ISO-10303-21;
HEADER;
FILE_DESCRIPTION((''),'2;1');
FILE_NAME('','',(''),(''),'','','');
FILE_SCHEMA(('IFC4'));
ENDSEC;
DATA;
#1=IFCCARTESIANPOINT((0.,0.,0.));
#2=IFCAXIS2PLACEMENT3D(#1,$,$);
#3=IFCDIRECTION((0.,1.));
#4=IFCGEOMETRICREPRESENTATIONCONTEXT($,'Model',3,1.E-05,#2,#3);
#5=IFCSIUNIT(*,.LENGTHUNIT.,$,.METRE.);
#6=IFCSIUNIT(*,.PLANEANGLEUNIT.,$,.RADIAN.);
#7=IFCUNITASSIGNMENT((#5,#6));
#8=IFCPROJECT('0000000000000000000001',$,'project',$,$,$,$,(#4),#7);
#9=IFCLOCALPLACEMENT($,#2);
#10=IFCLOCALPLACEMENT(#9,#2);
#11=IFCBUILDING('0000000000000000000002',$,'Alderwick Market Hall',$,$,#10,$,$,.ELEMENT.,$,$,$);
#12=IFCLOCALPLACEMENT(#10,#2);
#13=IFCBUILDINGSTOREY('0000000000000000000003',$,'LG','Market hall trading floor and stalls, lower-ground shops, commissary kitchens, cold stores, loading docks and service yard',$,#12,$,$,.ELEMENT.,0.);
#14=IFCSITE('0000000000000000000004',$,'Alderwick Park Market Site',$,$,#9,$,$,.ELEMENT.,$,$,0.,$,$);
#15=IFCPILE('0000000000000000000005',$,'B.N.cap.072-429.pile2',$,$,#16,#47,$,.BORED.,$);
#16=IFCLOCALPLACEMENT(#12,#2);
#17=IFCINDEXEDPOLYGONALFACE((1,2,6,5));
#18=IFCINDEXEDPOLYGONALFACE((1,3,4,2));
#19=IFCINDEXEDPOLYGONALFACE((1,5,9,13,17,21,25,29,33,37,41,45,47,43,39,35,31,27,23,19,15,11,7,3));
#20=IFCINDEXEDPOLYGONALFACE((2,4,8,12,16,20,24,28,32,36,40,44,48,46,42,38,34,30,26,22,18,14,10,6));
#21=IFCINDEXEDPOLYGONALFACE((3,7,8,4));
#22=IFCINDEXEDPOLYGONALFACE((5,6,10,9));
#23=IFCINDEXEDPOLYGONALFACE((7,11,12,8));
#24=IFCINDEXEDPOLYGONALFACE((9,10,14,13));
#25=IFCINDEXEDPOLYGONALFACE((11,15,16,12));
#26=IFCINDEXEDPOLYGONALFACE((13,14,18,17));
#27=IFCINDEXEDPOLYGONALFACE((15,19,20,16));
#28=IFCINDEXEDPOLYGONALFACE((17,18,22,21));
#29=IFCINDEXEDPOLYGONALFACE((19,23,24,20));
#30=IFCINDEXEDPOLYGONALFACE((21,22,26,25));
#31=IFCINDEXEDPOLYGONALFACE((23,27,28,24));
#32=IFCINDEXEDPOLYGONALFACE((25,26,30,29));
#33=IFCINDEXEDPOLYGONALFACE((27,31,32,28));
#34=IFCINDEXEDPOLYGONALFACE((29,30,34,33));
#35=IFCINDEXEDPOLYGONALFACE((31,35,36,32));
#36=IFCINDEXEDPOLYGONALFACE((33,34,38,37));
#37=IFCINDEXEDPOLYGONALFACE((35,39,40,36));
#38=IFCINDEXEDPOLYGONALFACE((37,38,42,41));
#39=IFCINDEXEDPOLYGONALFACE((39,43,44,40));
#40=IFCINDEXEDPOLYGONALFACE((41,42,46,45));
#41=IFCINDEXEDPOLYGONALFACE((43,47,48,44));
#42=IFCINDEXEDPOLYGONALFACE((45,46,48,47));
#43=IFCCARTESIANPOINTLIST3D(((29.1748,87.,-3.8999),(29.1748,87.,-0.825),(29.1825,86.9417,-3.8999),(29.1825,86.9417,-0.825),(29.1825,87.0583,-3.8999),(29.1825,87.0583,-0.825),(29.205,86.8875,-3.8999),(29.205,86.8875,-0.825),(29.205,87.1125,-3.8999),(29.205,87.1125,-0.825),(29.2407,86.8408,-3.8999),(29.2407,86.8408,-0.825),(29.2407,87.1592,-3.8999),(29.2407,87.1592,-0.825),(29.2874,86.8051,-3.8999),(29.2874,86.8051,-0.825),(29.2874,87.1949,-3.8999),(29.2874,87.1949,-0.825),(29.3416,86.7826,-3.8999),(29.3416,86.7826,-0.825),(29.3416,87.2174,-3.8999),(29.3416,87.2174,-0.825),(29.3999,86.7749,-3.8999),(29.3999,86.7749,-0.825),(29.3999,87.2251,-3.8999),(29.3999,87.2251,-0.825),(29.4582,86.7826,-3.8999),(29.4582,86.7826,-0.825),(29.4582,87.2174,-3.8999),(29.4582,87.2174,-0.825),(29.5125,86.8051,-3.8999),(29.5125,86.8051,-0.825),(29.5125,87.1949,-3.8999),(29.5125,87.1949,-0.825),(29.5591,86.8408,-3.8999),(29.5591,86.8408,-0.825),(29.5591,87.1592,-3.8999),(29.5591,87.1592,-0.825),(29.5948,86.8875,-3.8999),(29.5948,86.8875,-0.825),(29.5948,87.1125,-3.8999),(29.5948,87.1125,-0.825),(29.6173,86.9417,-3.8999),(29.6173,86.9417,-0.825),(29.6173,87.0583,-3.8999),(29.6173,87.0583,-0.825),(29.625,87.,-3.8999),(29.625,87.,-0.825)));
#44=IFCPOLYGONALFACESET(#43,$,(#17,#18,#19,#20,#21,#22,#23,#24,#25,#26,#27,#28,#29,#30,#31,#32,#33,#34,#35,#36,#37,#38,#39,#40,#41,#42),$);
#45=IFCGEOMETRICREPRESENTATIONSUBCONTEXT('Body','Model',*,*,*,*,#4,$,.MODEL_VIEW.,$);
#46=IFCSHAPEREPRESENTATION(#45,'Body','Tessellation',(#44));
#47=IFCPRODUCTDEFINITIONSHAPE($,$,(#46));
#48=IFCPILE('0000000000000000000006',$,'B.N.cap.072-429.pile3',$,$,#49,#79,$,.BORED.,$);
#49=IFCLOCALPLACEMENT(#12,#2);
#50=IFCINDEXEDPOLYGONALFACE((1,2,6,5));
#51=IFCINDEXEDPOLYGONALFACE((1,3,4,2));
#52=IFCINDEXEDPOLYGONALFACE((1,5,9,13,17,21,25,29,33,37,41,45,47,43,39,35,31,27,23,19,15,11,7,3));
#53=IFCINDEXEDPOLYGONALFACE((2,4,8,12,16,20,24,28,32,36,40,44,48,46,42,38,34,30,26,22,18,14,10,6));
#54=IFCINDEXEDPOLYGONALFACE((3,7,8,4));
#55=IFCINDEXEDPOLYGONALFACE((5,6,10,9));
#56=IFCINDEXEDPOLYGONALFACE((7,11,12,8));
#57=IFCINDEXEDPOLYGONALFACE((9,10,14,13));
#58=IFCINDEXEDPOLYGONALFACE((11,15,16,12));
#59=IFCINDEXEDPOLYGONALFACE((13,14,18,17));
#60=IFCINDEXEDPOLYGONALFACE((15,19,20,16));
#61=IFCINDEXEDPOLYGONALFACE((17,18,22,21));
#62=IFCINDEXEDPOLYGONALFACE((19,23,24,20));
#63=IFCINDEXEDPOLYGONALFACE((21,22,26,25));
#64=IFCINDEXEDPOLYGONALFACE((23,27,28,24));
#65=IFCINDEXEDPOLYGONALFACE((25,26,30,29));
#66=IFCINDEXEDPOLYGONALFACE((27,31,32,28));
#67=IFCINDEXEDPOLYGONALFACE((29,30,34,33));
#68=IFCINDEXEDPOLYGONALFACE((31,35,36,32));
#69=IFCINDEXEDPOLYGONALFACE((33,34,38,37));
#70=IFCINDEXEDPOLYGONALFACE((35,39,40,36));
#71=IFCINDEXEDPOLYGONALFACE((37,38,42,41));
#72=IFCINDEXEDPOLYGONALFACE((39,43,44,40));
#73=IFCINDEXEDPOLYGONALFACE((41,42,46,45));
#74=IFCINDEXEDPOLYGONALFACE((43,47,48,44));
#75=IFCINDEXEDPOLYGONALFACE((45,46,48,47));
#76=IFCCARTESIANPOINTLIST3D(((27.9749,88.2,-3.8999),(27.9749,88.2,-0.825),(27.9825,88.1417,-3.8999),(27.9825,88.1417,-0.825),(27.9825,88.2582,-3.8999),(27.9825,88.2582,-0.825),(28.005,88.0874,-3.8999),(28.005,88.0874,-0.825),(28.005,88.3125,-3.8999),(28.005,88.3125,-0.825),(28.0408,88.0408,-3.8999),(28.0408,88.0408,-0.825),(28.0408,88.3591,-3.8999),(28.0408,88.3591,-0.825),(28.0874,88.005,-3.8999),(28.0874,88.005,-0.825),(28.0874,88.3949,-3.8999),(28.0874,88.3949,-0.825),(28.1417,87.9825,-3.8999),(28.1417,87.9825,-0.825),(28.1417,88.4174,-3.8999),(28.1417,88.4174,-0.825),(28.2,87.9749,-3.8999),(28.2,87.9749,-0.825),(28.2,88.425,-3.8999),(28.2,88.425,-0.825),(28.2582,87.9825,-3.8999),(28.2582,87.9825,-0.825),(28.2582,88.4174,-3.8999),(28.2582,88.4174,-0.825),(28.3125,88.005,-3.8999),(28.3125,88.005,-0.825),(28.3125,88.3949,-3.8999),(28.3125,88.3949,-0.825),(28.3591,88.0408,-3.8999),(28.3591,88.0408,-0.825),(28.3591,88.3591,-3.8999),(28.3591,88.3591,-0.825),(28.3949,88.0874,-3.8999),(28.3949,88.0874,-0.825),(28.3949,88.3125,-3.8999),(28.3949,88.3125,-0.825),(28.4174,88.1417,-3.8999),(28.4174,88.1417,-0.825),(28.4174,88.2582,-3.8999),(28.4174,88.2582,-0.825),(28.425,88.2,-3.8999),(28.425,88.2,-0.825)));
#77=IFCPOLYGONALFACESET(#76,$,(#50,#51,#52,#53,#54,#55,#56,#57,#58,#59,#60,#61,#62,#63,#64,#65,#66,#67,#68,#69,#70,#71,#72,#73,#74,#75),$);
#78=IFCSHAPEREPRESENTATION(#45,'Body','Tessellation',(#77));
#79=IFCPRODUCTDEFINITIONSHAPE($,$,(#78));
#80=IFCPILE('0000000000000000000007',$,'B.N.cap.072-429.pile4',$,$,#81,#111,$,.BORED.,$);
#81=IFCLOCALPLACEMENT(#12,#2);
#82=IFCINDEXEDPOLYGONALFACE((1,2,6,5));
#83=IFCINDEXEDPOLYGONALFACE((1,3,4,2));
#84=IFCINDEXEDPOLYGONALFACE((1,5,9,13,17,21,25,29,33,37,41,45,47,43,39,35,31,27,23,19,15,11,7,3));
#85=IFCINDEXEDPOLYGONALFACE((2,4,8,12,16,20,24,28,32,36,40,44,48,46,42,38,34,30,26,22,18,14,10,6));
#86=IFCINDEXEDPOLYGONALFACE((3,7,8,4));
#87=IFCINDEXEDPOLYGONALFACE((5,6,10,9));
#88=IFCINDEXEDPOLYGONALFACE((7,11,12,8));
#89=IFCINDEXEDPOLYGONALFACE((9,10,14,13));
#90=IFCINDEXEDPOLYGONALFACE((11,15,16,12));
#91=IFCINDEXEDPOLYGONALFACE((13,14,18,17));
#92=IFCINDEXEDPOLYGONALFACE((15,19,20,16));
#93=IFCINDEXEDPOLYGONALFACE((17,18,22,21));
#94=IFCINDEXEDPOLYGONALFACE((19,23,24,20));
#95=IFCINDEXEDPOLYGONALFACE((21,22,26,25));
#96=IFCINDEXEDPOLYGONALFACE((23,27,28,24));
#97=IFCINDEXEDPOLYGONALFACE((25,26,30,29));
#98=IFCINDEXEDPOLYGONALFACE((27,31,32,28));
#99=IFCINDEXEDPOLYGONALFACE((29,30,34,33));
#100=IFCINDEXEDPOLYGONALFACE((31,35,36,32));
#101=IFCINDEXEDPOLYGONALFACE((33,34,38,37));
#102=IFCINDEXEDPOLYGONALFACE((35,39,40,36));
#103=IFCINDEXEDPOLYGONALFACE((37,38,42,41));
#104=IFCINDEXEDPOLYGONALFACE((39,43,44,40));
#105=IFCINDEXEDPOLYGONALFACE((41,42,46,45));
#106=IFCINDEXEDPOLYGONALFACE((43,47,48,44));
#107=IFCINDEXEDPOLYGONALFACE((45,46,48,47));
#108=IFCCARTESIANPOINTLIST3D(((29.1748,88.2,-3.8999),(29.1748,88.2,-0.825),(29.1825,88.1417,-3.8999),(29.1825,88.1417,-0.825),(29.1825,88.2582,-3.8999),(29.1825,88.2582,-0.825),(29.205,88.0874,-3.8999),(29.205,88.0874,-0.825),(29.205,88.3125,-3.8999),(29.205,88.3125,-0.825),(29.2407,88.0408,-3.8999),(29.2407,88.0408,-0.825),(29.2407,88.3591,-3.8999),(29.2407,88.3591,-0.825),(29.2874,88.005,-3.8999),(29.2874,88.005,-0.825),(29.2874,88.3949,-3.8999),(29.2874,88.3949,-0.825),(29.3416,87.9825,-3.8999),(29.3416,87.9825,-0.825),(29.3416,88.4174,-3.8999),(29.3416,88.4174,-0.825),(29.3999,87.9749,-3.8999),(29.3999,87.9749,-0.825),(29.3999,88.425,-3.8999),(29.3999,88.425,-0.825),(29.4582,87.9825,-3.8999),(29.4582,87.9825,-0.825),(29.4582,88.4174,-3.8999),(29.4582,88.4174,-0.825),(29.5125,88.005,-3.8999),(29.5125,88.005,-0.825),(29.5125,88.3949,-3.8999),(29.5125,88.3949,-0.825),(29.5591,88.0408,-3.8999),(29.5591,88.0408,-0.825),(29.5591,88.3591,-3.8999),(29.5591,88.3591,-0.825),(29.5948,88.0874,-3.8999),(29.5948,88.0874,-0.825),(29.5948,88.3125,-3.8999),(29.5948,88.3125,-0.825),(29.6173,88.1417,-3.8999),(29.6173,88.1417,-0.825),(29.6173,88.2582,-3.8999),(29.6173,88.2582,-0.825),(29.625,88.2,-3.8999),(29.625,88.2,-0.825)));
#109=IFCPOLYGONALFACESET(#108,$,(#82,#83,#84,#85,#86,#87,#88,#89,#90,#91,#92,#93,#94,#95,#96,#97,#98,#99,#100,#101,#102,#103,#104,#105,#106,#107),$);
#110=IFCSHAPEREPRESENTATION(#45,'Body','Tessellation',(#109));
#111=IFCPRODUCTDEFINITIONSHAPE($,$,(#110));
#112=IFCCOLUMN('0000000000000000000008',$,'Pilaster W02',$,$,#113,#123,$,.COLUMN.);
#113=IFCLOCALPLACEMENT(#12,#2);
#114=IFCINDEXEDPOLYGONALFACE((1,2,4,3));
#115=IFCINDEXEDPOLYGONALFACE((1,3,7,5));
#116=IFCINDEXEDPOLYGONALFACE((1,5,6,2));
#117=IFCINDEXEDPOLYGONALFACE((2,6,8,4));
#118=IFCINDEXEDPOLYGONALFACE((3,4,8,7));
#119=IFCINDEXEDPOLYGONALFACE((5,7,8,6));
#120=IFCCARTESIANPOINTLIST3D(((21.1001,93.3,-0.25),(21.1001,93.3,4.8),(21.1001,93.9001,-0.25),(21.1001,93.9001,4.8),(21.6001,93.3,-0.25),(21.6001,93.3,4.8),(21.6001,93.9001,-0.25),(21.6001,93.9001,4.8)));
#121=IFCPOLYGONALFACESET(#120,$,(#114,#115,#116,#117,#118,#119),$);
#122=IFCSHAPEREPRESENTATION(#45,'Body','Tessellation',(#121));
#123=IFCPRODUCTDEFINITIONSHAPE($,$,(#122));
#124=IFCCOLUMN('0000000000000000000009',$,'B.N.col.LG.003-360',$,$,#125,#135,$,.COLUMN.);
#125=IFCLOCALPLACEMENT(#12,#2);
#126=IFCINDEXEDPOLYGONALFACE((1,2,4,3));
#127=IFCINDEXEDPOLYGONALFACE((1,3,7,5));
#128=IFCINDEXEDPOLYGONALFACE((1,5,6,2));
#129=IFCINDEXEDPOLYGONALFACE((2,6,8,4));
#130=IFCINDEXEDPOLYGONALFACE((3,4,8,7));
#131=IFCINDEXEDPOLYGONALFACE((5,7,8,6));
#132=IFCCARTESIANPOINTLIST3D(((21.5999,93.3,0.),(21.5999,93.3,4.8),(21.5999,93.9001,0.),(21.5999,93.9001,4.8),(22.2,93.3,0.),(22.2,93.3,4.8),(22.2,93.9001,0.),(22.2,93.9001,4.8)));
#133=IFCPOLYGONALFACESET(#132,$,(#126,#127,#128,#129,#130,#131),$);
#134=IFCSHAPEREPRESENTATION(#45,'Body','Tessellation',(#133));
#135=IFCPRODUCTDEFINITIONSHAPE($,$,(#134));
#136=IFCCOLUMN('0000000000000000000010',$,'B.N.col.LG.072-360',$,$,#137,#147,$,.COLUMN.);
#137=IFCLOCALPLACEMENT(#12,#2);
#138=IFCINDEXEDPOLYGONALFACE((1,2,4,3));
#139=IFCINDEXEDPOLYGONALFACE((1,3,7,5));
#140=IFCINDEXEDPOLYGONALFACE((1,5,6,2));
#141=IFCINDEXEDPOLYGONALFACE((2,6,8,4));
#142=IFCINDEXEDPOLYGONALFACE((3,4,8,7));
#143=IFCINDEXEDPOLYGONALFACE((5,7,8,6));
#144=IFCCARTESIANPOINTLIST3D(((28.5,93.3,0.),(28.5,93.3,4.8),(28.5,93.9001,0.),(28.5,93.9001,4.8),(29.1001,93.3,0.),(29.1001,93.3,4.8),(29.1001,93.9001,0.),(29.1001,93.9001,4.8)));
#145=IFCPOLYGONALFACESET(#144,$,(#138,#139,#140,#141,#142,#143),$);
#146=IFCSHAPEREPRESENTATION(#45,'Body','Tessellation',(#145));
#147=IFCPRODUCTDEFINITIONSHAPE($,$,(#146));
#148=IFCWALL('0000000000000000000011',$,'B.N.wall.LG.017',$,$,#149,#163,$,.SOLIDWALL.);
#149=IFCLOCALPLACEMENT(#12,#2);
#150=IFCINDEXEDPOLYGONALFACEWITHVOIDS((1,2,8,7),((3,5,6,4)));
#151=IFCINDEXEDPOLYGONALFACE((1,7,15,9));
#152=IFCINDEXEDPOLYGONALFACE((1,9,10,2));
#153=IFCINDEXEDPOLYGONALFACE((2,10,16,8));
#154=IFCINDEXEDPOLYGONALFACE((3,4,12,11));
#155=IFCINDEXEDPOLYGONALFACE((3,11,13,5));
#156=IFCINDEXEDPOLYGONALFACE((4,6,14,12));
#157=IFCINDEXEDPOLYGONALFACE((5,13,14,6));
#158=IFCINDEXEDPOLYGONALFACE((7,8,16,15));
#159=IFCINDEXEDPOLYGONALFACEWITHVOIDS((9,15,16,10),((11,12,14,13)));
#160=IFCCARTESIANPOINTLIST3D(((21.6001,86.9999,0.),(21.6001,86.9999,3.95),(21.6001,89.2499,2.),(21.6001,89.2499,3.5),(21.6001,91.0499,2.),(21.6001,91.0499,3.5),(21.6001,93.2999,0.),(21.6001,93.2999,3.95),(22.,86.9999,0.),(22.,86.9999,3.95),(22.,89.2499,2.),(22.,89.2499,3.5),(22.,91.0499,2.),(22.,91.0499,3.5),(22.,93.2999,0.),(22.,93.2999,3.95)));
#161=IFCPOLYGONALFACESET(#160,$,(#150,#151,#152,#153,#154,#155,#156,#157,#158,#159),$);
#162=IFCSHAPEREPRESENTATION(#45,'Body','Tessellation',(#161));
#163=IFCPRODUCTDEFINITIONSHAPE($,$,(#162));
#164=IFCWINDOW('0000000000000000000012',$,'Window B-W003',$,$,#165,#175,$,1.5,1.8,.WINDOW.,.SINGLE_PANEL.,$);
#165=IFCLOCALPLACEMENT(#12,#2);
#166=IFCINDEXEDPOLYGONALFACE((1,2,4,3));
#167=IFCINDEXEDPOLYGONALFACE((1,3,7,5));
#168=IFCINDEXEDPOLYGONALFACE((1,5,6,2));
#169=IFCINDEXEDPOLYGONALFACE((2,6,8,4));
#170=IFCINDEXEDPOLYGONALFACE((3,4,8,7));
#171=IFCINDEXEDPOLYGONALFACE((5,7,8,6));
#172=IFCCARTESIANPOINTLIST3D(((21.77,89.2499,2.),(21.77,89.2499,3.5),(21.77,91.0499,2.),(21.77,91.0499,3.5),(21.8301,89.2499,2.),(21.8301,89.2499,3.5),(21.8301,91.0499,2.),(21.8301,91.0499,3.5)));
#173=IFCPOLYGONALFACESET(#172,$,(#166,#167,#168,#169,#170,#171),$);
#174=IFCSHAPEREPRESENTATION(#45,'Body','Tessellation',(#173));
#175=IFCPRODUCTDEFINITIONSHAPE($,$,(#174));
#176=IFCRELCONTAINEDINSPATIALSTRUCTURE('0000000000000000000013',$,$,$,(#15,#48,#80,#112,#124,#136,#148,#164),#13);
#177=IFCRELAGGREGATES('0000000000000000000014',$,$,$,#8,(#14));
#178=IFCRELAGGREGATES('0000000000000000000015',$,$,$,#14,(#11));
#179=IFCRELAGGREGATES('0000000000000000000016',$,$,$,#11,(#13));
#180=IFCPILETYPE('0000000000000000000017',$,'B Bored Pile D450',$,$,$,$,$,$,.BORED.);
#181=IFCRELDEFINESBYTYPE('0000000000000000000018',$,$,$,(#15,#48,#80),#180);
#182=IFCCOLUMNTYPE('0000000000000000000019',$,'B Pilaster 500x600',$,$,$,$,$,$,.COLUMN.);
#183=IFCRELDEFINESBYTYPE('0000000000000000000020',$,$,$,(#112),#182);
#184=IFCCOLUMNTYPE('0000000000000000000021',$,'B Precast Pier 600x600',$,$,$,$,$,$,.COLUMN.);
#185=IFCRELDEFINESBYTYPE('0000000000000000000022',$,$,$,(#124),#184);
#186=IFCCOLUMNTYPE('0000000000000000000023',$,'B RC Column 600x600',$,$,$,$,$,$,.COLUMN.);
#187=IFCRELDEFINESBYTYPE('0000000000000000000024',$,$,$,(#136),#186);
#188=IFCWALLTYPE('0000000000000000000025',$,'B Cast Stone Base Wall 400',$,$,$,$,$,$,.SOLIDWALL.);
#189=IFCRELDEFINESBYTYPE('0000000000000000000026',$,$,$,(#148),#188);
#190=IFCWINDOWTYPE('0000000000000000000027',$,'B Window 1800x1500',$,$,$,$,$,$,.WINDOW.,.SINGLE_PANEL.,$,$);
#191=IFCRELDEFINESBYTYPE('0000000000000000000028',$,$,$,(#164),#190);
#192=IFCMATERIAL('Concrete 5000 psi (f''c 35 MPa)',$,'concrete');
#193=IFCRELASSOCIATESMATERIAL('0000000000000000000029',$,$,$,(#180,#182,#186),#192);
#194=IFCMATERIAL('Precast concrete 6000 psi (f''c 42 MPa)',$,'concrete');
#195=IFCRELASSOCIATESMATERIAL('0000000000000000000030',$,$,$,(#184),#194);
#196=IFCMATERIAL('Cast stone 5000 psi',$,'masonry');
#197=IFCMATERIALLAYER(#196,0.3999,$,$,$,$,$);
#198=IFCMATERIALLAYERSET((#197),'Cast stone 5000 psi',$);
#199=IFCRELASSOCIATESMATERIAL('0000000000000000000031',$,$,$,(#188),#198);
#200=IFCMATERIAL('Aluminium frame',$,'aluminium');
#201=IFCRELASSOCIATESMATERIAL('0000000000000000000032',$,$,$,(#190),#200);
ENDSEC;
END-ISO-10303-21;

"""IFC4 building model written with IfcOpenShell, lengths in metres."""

from ifc_helpers import new_model, si_unit, direction, frame, frame_2d, origin, origin_2d, place, context, subcontext, project, spatial, rectangle, circle, extrude, material, layer, layer_set, material_profile, profile_set, type_object, element, fill, save


model = new_model("IFC4")

# Units and contexts
model_context = context("Model", 3, precision=1e-05, world=origin(), true_north=direction((0.0, 1.0)))
body_context = subcontext(model_context, "Body", "Model", "MODEL_VIEW")
ifc_project = project(units=[si_unit("LENGTHUNIT", "METRE"), si_unit("PLANEANGLEUNIT", "RADIAN")], contexts=[model_context])

# Site, building, storey
site_placement = place(None, origin())
site = spatial("IfcSite", under=ifc_project, at=site_placement, Name="Alderwick Park Market Site", CompositionType="ELEMENT", RefElevation=0.0)
building_placement = place(site_placement, origin())
building = spatial("IfcBuilding", under=site, at=building_placement, Name="Alderwick Market Hall", CompositionType="ELEMENT")
storey_placement = place(building_placement, origin())
storey = spatial("IfcBuildingStorey", under=building, at=storey_placement, Name="LG", Description="Market hall trading floor and stalls, lower-ground shops, commissary kitchens, cold stores, loading docks and service yard", CompositionType="ELEMENT", Elevation=0.0)

# Piles
ifc_material_1 = material(Name="Concrete 5000 psi (f'c 35 MPa)", Category="concrete")
ifc_material_profile_1 = material_profile(ifc_material_1, circle(Radius=0.2251, at=origin_2d()), Name="B Bored Pile D450")
ifc_profile_set_1 = profile_set([ifc_material_profile_1], Name="Concrete 5000 psi (f'c 35 MPa)")
pile_type = type_object("IfcPileType", Name="B Bored Pile D450", PredefinedType="BORED", material=ifc_profile_set_1)
for number, where, z_axis, x_axis, name in (
    (1, (29.3999, 87.0, -0.825), (0.0, 0.0, -1.0), (1.0, 0.0, 0.0), "B.N.cap.072-429.pile2"),
    (2, (28.2, 88.2, -0.825), (0.0, 0.0, -1.0), (1.0, 0.0, 0.0), "B.N.cap.072-429.pile3"),
    (3, (29.3999, 88.2, -0.825), (0.0, 0.0, -1.0), (1.0, 0.0, 0.0), "B.N.cap.072-429.pile4"),
):
    element("IfcPile", number, at=place(storey_placement, frame(where, z_axis=z_axis, x_axis=x_axis)), inside=storey, type_object=pile_type, Name=name, PredefinedType="BORED", context=body_context, shape_type="SweptSolid", body=[
        extrude(circle(Radius=0.2251, at=origin_2d()), origin(), (0.0, 0.0, 1.0), 3.075),
    ])

# Columns
ifc_material_profile_2 = material_profile(ifc_material_1, rectangle(XDim=0.5, YDim=0.6001, at=origin_2d()), Name="B Pilaster 500x600")
ifc_profile_set_2 = profile_set([ifc_material_profile_2], Name="Concrete 5000 psi (f'c 35 MPa)")
column_type_1 = type_object("IfcColumnType", Name="B Pilaster 500x600", PredefinedType="COLUMN", material=ifc_profile_set_2)
column_1_placement = place(storey_placement, frame((21.3501, 93.6001, -0.25), z_axis=(0.0, 0.0, 1.0), x_axis=(1.0, 0.0, 0.0)))
element("IfcColumn", 4, at=column_1_placement, inside=storey, type_object=column_type_1, Name="Pilaster W02", PredefinedType="COLUMN", context=body_context, shape_type="SweptSolid", body=[
    extrude(rectangle(XDim=0.5, YDim=0.6001, at=origin_2d()), origin(), (0.0, 0.0, 1.0), 5.05),
])
ifc_material_2 = material(Name="Precast concrete 6000 psi (f'c 42 MPa)", Category="concrete")
ifc_material_profile_3 = material_profile(ifc_material_2, rectangle(XDim=0.6001, YDim=0.6001, at=origin_2d()), Name="B Precast Pier 600x600")
ifc_profile_set_3 = profile_set([ifc_material_profile_3], Name="Precast concrete 6000 psi (f'c 42 MPa)")
column_type_2 = type_object("IfcColumnType", Name="B Precast Pier 600x600", PredefinedType="COLUMN", material=ifc_profile_set_3)
column_2_placement = place(storey_placement, frame((21.8999, 93.6001, 0.0), z_axis=(0.0, 0.0, 1.0), x_axis=(1.0, 0.0, 0.0)))
element("IfcColumn", 5, at=column_2_placement, inside=storey, type_object=column_type_2, Name="B.N.col.LG.003-360", PredefinedType="COLUMN", context=body_context, shape_type="SweptSolid", body=[
    extrude(rectangle(XDim=0.6001, YDim=0.6001, at=origin_2d()), origin(), (0.0, 0.0, 1.0), 4.8),
])
ifc_material_profile_4 = material_profile(ifc_material_1, rectangle(XDim=0.6001, YDim=0.6001, at=origin_2d()), Name="B RC Column 600x600")
ifc_profile_set_4 = profile_set([ifc_material_profile_4], Name="Concrete 5000 psi (f'c 35 MPa)")
column_type_3 = type_object("IfcColumnType", Name="B RC Column 600x600", PredefinedType="COLUMN", material=ifc_profile_set_4)
column_3_placement = place(storey_placement, frame((28.8, 93.6001, 0.0), z_axis=(0.0, 0.0, 1.0), x_axis=(1.0, 0.0, 0.0)))
element("IfcColumn", 6, at=column_3_placement, inside=storey, type_object=column_type_3, Name="B.N.col.LG.072-360", PredefinedType="COLUMN", context=body_context, shape_type="SweptSolid", body=[
    extrude(rectangle(XDim=0.6001, YDim=0.6001, at=origin_2d()), origin(), (0.0, 0.0, 1.0), 4.8),
])

# Wall, opening, window
ifc_material_3 = material(Name="Cast stone 5000 psi", Category="masonry")
ifc_layer_1 = layer(ifc_material_3, 0.3999)
ifc_layer_set_1 = layer_set([ifc_layer_1], Name="Cast stone 5000 psi")
wall_type_1 = type_object("IfcWallType", Name="B Cast Stone Base Wall 400", PredefinedType="SOLIDWALL", material=ifc_layer_set_1)
wall_1_placement = place(storey_placement, frame((21.8, 87.0, 0.0), z_axis=(0.0, 0.0, 1.0), x_axis=(0.0, 1.0, 0.0)))
wall_1 = element("IfcWall", 7, at=wall_1_placement, inside=storey, type_object=wall_type_1, Name="B.N.wall.LG.017", PredefinedType="SOLIDWALL", context=body_context, shape_type="SweptSolid", body=[
    extrude(rectangle(XDim=6.3, YDim=0.3999, at=frame_2d((3.1499, 0.0))), origin(), (0.0, 0.0, 1.0), 3.95),
])
opening_1_placement = place(wall_1_placement, frame((2.25, 0.0, 2.0)))
opening_1 = element("IfcOpeningElement", 8, at=opening_1_placement, cuts=wall_1, PredefinedType="OPENING", context=body_context, shape_type="SweptSolid", body=[
    extrude(rectangle(XDim=1.8, YDim=1.5, at=frame_2d((0.8999, 0.75))), frame((0.0, 0.21, 0.0), z_axis=(0.0, -1.0, 0.0), x_axis=(1.0, 0.0, 0.0)), (0.0, 0.0, 1.0), 0.4199),
])
ifc_material_4 = material(Name="Aluminium frame", Category="aluminium")
window_type_1 = type_object("IfcWindowType", Name="B Window 1800x1500", PartitioningType="SINGLE_PANEL", PredefinedType="WINDOW", material=ifc_material_4)
window_1_placement = place(opening_1_placement, origin())
window_1 = element("IfcWindow", 9, at=window_1_placement, inside=storey, type_object=window_type_1, Name="Window B-W003", OverallHeight=1.5, OverallWidth=1.8, PartitioningType="SINGLE_PANEL", PredefinedType="WINDOW", context=body_context, shape_type="SweptSolid", body=[
    extrude(rectangle(XDim=1.8, YDim=1.5, at=frame_2d((0.8999, 0.75))), frame((0.0, 0.03, 0.0), z_axis=(0.0, -1.0, 0.0), x_axis=(1.0, 0.0, 0.0)), (0.0, 0.0, 1.0), 0.0601),
])
fill(opening_1, window_1)

save(model, "model.ifc")
